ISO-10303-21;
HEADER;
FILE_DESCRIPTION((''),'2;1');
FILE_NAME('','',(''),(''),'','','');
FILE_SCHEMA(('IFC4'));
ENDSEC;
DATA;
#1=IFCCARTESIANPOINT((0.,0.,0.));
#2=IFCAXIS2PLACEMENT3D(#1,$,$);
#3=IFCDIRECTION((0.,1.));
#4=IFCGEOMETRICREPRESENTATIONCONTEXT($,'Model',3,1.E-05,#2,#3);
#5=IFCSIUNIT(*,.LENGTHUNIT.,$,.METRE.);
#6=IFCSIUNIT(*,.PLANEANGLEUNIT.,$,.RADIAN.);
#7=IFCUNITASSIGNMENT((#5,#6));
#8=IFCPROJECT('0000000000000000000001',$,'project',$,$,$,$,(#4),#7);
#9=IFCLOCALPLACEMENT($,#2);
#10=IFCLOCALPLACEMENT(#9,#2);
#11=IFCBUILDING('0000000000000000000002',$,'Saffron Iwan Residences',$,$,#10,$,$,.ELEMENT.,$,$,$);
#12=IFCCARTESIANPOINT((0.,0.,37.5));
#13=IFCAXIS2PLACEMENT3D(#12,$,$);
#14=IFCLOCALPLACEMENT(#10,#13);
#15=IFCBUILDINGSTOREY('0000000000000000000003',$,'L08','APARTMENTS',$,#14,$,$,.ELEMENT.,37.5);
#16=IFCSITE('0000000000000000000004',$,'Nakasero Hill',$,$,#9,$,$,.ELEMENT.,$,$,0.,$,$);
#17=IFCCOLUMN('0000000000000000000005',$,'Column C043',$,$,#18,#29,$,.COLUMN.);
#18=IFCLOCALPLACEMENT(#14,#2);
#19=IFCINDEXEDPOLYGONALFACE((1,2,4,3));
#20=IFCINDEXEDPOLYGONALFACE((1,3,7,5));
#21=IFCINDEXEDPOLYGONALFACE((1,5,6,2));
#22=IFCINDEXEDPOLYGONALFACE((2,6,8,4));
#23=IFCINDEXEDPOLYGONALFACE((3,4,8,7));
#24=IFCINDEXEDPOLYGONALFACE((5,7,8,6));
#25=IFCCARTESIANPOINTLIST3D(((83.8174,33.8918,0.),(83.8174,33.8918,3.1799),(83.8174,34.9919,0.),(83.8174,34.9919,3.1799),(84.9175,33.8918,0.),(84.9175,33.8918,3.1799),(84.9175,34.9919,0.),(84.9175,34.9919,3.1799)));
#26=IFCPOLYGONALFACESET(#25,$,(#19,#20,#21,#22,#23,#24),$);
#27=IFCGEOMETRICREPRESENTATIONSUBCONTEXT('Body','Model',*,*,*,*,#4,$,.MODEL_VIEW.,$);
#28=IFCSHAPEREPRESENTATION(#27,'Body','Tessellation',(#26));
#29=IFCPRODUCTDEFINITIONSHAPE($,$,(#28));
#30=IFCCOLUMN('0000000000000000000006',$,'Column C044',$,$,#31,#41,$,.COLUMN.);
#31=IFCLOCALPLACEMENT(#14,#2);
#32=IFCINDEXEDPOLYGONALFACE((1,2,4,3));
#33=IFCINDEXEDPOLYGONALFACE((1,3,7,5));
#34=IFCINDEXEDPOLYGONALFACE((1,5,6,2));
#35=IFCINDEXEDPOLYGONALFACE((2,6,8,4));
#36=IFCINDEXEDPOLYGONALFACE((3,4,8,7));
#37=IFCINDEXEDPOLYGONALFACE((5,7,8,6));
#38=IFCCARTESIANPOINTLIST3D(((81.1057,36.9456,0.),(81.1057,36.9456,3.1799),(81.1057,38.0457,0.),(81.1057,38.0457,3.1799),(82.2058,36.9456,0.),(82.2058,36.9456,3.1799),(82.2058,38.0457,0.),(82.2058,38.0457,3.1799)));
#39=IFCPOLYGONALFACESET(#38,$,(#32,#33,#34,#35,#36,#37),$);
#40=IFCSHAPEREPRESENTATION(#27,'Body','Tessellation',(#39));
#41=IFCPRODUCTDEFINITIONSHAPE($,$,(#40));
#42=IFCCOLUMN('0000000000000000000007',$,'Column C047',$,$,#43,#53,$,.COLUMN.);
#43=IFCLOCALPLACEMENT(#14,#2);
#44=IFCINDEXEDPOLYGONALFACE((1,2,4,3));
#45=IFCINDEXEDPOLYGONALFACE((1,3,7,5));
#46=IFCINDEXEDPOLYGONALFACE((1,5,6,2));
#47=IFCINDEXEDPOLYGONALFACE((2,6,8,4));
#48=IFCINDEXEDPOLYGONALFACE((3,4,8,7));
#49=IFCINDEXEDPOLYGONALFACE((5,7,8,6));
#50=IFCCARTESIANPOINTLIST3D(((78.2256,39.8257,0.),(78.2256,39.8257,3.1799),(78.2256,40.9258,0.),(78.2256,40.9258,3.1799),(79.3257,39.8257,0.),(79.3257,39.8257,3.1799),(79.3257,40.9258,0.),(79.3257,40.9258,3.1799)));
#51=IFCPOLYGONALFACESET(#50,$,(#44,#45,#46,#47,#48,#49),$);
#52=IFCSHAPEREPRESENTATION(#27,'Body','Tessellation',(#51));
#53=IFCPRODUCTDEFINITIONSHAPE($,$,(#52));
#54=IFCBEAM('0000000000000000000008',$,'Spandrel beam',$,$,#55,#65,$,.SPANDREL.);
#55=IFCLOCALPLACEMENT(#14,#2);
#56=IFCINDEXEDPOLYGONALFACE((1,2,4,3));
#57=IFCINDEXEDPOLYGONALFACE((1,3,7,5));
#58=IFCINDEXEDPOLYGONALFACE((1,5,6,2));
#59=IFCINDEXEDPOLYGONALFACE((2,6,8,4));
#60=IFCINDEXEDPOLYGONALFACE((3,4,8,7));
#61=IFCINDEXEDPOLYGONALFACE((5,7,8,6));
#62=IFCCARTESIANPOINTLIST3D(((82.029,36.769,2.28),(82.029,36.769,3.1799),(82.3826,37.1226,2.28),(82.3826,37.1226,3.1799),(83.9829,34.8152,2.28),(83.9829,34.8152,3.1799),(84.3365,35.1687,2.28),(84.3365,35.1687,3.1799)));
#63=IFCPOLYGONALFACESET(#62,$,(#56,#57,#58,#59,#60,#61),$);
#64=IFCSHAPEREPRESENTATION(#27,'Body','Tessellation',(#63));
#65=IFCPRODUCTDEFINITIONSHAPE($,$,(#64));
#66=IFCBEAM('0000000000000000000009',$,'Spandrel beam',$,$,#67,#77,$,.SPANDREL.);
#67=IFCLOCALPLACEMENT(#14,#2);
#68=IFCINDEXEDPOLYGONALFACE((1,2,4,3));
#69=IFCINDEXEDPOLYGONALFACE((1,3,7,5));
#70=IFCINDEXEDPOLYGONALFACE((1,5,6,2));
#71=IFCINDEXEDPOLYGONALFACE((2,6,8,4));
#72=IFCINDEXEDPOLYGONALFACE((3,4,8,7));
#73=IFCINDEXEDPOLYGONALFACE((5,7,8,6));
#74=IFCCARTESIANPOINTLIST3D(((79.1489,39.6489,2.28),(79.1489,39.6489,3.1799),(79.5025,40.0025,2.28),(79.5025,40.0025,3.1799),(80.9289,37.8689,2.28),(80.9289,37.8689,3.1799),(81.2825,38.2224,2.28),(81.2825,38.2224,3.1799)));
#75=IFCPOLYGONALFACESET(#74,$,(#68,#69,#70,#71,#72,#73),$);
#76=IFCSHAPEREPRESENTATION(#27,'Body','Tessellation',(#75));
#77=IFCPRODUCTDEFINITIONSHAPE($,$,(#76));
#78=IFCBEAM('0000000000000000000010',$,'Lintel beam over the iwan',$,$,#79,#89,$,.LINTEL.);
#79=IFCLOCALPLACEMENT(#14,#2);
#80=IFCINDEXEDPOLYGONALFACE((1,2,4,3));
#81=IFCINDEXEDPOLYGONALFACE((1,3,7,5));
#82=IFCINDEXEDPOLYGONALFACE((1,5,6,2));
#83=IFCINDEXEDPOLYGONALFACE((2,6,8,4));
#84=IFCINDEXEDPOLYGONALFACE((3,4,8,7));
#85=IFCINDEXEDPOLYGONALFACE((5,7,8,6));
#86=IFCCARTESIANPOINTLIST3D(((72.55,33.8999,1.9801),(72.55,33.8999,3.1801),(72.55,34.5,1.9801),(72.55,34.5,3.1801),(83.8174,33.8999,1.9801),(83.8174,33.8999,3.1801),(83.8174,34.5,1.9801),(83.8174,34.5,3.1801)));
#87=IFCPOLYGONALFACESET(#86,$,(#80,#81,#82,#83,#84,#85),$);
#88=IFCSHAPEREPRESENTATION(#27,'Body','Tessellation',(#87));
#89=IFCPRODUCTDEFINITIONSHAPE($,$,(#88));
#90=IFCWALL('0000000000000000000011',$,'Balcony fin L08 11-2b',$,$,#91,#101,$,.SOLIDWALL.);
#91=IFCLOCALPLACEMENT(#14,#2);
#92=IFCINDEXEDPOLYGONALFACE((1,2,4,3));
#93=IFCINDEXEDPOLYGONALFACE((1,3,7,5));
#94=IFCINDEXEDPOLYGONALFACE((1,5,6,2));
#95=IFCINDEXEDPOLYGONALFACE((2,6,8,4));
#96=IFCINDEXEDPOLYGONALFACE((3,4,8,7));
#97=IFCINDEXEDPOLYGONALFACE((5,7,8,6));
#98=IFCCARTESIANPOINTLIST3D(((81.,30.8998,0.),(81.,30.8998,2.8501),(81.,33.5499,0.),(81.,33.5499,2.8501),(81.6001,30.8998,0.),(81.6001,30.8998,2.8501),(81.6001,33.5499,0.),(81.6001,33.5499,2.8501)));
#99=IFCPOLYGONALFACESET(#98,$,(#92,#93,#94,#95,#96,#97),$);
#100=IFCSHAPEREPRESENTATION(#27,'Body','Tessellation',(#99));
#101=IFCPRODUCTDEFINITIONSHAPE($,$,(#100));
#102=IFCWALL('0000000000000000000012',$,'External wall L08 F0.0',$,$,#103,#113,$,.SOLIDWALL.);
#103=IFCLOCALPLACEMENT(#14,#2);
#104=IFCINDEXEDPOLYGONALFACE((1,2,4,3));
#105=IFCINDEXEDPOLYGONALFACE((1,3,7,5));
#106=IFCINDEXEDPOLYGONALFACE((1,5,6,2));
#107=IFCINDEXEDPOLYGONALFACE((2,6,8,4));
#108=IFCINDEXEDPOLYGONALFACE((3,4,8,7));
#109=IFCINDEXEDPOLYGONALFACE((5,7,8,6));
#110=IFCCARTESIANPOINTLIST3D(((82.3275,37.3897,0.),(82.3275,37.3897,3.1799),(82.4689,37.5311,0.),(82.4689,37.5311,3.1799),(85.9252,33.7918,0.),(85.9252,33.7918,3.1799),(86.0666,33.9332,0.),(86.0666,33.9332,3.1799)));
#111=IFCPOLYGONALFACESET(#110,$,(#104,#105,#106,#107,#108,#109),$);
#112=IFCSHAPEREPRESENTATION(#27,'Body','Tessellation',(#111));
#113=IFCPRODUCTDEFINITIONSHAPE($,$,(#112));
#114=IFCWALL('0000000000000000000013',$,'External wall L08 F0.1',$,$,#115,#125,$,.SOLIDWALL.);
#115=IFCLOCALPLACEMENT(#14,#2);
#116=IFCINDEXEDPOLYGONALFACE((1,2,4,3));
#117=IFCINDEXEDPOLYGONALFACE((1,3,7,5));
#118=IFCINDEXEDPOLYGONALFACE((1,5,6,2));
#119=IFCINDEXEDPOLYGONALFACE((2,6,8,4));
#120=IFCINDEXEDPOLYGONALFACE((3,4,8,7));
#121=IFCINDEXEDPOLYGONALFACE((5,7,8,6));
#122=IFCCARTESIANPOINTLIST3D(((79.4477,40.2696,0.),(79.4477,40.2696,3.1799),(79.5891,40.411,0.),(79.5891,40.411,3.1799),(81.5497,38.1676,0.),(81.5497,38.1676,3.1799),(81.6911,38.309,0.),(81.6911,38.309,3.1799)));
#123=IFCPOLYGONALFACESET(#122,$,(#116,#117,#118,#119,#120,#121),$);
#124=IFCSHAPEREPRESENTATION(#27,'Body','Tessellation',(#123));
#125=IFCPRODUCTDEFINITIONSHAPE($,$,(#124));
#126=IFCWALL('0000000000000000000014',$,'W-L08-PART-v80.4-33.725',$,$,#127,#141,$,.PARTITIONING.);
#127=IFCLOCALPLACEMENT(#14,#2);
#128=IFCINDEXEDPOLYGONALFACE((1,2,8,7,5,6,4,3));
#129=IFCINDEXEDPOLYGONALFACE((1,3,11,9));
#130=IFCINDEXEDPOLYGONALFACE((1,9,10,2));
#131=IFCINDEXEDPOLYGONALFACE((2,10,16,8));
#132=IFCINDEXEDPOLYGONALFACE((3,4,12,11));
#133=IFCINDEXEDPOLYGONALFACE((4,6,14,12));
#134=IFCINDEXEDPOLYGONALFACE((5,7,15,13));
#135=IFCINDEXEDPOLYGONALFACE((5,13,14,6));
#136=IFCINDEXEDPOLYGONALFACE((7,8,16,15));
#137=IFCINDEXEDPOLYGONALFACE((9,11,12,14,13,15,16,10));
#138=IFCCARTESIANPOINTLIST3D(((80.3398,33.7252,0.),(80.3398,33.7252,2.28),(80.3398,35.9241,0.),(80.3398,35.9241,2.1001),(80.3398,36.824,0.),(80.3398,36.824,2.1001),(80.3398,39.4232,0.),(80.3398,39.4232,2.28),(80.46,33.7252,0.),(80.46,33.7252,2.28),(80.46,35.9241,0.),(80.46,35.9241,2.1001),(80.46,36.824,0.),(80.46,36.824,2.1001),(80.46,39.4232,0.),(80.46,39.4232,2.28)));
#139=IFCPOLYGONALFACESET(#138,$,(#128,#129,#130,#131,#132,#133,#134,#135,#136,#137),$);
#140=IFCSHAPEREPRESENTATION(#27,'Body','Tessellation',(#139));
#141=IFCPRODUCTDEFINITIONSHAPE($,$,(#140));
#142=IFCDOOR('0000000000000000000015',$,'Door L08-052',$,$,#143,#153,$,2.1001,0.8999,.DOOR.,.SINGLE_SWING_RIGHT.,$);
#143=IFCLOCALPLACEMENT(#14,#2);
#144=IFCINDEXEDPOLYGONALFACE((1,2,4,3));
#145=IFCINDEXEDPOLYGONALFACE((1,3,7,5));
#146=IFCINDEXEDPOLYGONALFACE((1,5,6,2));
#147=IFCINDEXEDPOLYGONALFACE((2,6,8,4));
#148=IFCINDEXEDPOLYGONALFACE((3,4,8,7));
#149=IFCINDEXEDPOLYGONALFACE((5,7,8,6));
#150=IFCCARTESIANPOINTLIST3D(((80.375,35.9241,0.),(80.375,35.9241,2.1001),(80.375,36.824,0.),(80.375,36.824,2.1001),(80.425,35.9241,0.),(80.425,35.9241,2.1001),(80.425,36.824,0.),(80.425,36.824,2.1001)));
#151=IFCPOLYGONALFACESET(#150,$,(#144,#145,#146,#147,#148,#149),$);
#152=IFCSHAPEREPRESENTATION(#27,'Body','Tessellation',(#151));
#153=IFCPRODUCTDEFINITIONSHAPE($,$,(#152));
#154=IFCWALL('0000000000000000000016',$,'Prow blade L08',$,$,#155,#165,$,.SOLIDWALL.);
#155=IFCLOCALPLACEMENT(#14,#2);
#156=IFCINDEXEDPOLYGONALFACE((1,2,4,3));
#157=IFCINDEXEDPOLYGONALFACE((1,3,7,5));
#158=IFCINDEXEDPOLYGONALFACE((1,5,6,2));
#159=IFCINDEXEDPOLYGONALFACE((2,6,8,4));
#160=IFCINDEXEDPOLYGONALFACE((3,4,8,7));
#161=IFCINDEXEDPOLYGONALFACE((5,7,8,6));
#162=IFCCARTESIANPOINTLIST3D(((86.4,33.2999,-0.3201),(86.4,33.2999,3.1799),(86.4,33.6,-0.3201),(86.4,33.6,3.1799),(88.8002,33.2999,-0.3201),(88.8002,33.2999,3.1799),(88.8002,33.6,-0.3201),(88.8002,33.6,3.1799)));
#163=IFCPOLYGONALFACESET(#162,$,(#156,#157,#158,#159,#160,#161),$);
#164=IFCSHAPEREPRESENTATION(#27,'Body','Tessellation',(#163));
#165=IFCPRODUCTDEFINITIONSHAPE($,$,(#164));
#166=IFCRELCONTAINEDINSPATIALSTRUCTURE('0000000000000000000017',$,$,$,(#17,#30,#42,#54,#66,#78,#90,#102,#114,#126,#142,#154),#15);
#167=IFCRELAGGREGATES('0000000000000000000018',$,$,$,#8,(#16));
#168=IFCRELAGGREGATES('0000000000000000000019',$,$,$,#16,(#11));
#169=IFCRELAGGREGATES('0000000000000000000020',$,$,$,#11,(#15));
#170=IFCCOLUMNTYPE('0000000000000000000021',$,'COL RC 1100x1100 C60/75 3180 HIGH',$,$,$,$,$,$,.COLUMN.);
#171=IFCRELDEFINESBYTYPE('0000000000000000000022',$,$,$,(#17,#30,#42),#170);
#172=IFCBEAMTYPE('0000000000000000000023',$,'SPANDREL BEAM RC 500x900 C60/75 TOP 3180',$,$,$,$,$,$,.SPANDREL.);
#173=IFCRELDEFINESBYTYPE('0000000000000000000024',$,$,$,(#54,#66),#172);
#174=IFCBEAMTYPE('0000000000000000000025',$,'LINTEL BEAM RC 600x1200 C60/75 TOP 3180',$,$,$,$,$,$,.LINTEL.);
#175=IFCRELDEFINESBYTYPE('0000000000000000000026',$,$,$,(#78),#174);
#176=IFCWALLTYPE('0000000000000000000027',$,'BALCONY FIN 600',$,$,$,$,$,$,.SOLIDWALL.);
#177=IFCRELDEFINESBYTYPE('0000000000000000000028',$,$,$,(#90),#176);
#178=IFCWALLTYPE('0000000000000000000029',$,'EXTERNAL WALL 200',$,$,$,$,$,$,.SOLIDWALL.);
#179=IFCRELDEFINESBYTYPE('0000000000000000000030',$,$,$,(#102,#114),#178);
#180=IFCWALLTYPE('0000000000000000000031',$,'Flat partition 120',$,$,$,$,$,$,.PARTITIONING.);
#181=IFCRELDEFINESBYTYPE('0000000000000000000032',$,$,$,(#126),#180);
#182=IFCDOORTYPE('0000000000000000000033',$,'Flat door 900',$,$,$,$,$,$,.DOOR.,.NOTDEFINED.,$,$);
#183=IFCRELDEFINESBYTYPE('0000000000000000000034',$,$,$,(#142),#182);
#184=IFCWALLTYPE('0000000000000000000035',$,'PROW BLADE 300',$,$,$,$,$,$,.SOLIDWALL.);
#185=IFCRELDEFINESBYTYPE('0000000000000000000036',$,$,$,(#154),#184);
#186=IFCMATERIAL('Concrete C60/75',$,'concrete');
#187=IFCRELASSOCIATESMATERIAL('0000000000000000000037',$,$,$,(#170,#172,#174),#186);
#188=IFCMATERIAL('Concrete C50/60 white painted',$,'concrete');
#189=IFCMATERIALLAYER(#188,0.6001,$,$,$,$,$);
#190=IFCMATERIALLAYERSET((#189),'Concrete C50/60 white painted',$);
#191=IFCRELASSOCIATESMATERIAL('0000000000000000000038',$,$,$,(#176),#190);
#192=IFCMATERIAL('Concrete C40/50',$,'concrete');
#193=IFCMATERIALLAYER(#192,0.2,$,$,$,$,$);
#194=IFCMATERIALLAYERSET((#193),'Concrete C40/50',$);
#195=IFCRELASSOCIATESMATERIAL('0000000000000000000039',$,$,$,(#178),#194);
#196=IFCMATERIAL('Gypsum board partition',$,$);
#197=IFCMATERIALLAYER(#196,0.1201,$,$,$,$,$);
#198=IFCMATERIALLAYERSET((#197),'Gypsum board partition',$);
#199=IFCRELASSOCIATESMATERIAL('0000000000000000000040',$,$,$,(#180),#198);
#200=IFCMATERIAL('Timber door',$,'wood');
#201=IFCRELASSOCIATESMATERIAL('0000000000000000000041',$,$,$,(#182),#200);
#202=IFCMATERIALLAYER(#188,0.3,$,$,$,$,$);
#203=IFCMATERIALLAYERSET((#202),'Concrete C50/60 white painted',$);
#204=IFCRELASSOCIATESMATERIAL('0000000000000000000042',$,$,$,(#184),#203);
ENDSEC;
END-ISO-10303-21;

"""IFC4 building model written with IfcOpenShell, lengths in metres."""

from ifc_helpers import new_model, si_unit, direction, frame, frame_2d, origin, origin_2d, place, context, subcontext, project, spatial, rectangle, extrude, source, transform, mapped, material, layer, layer_set, material_profile, profile_set, type_object, element, fill, save


model = new_model("IFC4")

# Units and contexts
model_context = context("Model", 3, precision=1e-05, world=origin(), true_north=direction((0.0, 1.0)))
body_context = subcontext(model_context, "Body", "Model", "MODEL_VIEW")
ifc_project = project(units=[si_unit("LENGTHUNIT", "METRE"), si_unit("PLANEANGLEUNIT", "RADIAN")], contexts=[model_context])

# Site, building, storey
site_placement = place(None, origin())
site = spatial("IfcSite", under=ifc_project, at=site_placement, Name="Nakasero Hill", CompositionType="ELEMENT", RefElevation=0.0)
building_placement = place(site_placement, origin())
building = spatial("IfcBuilding", under=site, at=building_placement, Name="Saffron Iwan Residences", CompositionType="ELEMENT")
storey_placement = place(building_placement, frame((0.0, 0.0, 37.5)))
storey = spatial("IfcBuildingStorey", under=building, at=storey_placement, Name="L08", Description="APARTMENTS", CompositionType="ELEMENT", Elevation=37.5)

# Columns
ifc_material_1 = material(Name="Concrete C60/75", Category="concrete")
ifc_material_profile_1 = material_profile(ifc_material_1, rectangle(XDim=1.1001, YDim=1.1001, at=origin_2d()), Name="RC 1100x1100")
ifc_profile_set_1 = profile_set([ifc_material_profile_1], Name="Concrete C60/75")
column_type = type_object("IfcColumnType", Name="COL RC 1100x1100 C60/75 3180 HIGH", PredefinedType="COLUMN", material=ifc_profile_set_1)
shared_shape_1 = source(origin(), body_context, "Body", "SweptSolid", [
    extrude(rectangle(XDim=1.1001, YDim=1.1001, at=origin_2d()), origin(), (0.0, 0.0, 1.0), 3.1799),
])
for number, where, z_axis, x_axis, name in (
    (1, (84.3674, 34.4419, 0.0), (0.0, 0.0, 1.0), (1.0, 0.0, 0.0), "Column C043"),
    (2, (81.6558, 37.4956, 0.0), (0.0, 0.0, 1.0), (1.0, 0.0, 0.0), "Column C044"),
    (3, (78.7756, 40.3757, 0.0), (0.0, 0.0, 1.0), (1.0, 0.0, 0.0), "Column C047"),
):
    element("IfcColumn", number, at=place(storey_placement, frame(where, z_axis=z_axis, x_axis=x_axis)), inside=storey, type_object=column_type, Name=name, PredefinedType="COLUMN", context=body_context, shape_type="MappedRepresentation", body=[
        mapped(shared_shape_1, transform((0.0, 0.0, 0.0))),
    ])

# Beams
ifc_material_profile_2 = material_profile(ifc_material_1, rectangle(XDim=0.5, YDim=0.8999, at=origin_2d()), Name="RC 500x900")
ifc_profile_set_2 = profile_set([ifc_material_profile_2], Name="Concrete C60/75")
beam_type_1 = type_object("IfcBeamType", Name="SPANDREL BEAM RC 500x900 C60/75 TOP 3180", PredefinedType="SPANDREL", material=ifc_profile_set_2)
shared_shape_2 = source(origin(), body_context, "Body", "SweptSolid", [
    extrude(rectangle(XDim=0.5, YDim=0.8999, at=origin_2d()), origin(), (0.0, 0.0, 1.0), 2.7632),
])
beam_1_placement = place(storey_placement, frame((82.2058, 36.9458, 2.73), z_axis=(0.707107, -0.707107, 0.0), x_axis=(0.707107, 0.707107, 0.0)))
element("IfcBeam", 4, at=beam_1_placement, inside=storey, type_object=beam_type_1, Name="Spandrel beam", PredefinedType="SPANDREL", context=body_context, shape_type="MappedRepresentation", body=[
    mapped(shared_shape_2, transform((0.0, 0.0, 0.0))),
])
shared_shape_3 = source(origin(), body_context, "Body", "SweptSolid", [
    extrude(rectangle(XDim=0.5, YDim=0.8999, at=origin_2d()), origin(), (0.0, 0.0, 1.0), 2.5173),
])
beam_2_placement = place(storey_placement, frame((79.3257, 39.8257, 2.73), z_axis=(0.707107, -0.707107, 0.0), x_axis=(0.707107, 0.707107, 0.0)))
element("IfcBeam", 5, at=beam_2_placement, inside=storey, type_object=beam_type_1, Name="Spandrel beam", PredefinedType="SPANDREL", context=body_context, shape_type="MappedRepresentation", body=[
    mapped(shared_shape_3, transform((0.0, 0.0, 0.0))),
])
ifc_material_profile_3 = material_profile(ifc_material_1, rectangle(XDim=0.6001, YDim=1.2, at=origin_2d()), Name="RC 600x1200")
ifc_profile_set_3 = profile_set([ifc_material_profile_3], Name="Concrete C60/75")
beam_type_2 = type_object("IfcBeamType", Name="LINTEL BEAM RC 600x1200 C60/75 TOP 3180", PredefinedType="LINTEL", material=ifc_profile_set_3)
shared_shape_4 = source(origin(), body_context, "Body", "SweptSolid", [
    extrude(rectangle(XDim=0.6001, YDim=1.2, at=origin_2d()), origin(), (0.0, 0.0, 1.0), 11.2673),
])
beam_3_placement = place(storey_placement, frame((83.8174, 34.2, 2.5801), z_axis=(-1.0, 0.0, 0.0), x_axis=(0.0, -1.0, 0.0)))
element("IfcBeam", 6, at=beam_3_placement, inside=storey, type_object=beam_type_2, Name="Lintel beam over the iwan", PredefinedType="LINTEL", context=body_context, shape_type="MappedRepresentation", body=[
    mapped(shared_shape_4, transform((0.0, 0.0, 0.0))),
])

# Walls
ifc_material_2 = material(Name="Concrete C50/60 white painted", Category="concrete")
ifc_layer_1 = layer(ifc_material_2, 0.6001)
ifc_layer_set_1 = layer_set([ifc_layer_1], Name="Concrete C50/60 white painted")
wall_type_1 = type_object("IfcWallType", Name="BALCONY FIN 600", PredefinedType="SOLIDWALL", material=ifc_layer_set_1)
wall_1_placement = place(storey_placement, frame((81.3, 33.55, 0.0), z_axis=(0.0, 0.0, 1.0), x_axis=(0.0, -1.0, 0.0)))
element("IfcWall", 7, at=wall_1_placement, inside=storey, type_object=wall_type_1, Name="Balcony fin L08 11-2b", PredefinedType="SOLIDWALL", context=body_context, shape_type="SweptSolid", body=[
    extrude(rectangle(XDim=2.6501, YDim=0.6001, at=frame_2d((1.3252, 0.0))), origin(), (0.0, 0.0, 1.0), 2.8501),
])
ifc_material_3 = material(Name="Concrete C40/50", Category="concrete")
ifc_layer_2 = layer(ifc_material_3, 0.2)
ifc_layer_set_2 = layer_set([ifc_layer_2], Name="Concrete C40/50")
wall_type_2 = type_object("IfcWallType", Name="EXTERNAL WALL 200", PredefinedType="SOLIDWALL", material=ifc_layer_set_2)
wall_2_placement = place(storey_placement, frame((85.9958, 33.8625, 0.0), z_axis=(0.0, 0.0, 1.0), x_axis=(-0.707083, 0.707131, 0.0)))
element("IfcWall", 8, at=wall_2_placement, inside=storey, type_object=wall_type_2, Name="External wall L08 F0.0", PredefinedType="SOLIDWALL", context=body_context, shape_type="SweptSolid", body=[
    extrude(rectangle(XDim=5.0881, YDim=0.2, at=frame_2d((2.5439, 0.0))), origin(), (0.0, 0.0, 1.0), 3.1799),
])
wall_3_placement = place(storey_placement, frame((81.6204, 38.2383, 0.0), z_axis=(0.0, 0.0, 1.0), x_axis=(-0.707107, 0.707107, 0.0)))
element("IfcWall", 9, at=wall_3_placement, inside=storey, type_object=wall_type_2, Name="External wall L08 F0.1", PredefinedType="SOLIDWALL", context=body_context, shape_type="SweptSolid", body=[
    extrude(rectangle(XDim=2.9727, YDim=0.2, at=frame_2d((1.4863, 0.0))), origin(), (0.0, 0.0, 1.0), 3.1799),
])

# Wall, opening, door
ifc_material_4 = material(Name="Gypsum board partition")
ifc_layer_3 = layer(ifc_material_4, 0.1201)
ifc_layer_set_3 = layer_set([ifc_layer_3], Name="Gypsum board partition")
wall_type_3 = type_object("IfcWallType", Name="Flat partition 120", PredefinedType="PARTITIONING", material=ifc_layer_set_3)
wall_4_placement = place(storey_placement, frame((80.3999, 33.7251, 0.0), z_axis=(0.0, 0.0, 1.0), x_axis=(0.0, 1.0, 0.0)))
wall_4 = element("IfcWall", 10, at=wall_4_placement, inside=storey, type_object=wall_type_3, Name="W-L08-PART-v80.4-33.725", PredefinedType="PARTITIONING", context=body_context, shape_type="SweptSolid", body=[
    extrude(rectangle(XDim=5.698, YDim=0.1201, at=frame_2d((2.8491, 0.0))), origin(), (0.0, 0.0, 1.0), 2.28),
])
opening_placement = place(wall_4_placement, frame((2.199, 0.0, 0.0)))
opening = element("IfcOpeningElement", 11, at=opening_placement, cuts=wall_4, PredefinedType="OPENING", context=body_context, shape_type="SweptSolid", body=[
    extrude(rectangle(XDim=0.8999, YDim=2.1001, at=frame_2d((0.45, 1.05))), frame((0.0, 0.0701, 0.0), z_axis=(0.0, -1.0, 0.0), x_axis=(1.0, 0.0, 0.0)), (0.0, 0.0, 1.0), 0.1401),
])
ifc_material_5 = material(Name="Timber door", Category="wood")
door_type = type_object("IfcDoorType", Name="Flat door 900", OperationType="NOTDEFINED", PredefinedType="DOOR", material=ifc_material_5)
door_placement = place(opening_placement, origin())
door = element("IfcDoor", 12, at=door_placement, inside=storey, type_object=door_type, Name="Door L08-052", OperationType="SINGLE_SWING_RIGHT", OverallHeight=2.1001, OverallWidth=0.8999, PredefinedType="DOOR", context=body_context, shape_type="SweptSolid", body=[
    extrude(rectangle(XDim=0.8999, YDim=2.1001, at=frame_2d((0.45, 1.05))), frame((0.0, 0.0249, 0.0), z_axis=(0.0, -1.0, 0.0), x_axis=(1.0, 0.0, 0.0)), (0.0, 0.0, 1.0), 0.05),
])
fill(opening, door)

# Wall
ifc_layer_4 = layer(ifc_material_2, 0.3)
ifc_layer_set_4 = layer_set([ifc_layer_4], Name="Concrete C50/60 white painted")
wall_type_4 = type_object("IfcWallType", Name="PROW BLADE 300", PredefinedType="SOLIDWALL", material=ifc_layer_set_4)
wall_5_placement = place(storey_placement, frame((86.3999, 33.45, -0.3201), z_axis=(0.0, 0.0, 1.0), x_axis=(1.0, 0.0, 0.0)))
element("IfcWall", 13, at=wall_5_placement, inside=storey, type_object=wall_type_4, Name="Prow blade L08", PredefinedType="SOLIDWALL", context=body_context, shape_type="SweptSolid", body=[
    extrude(rectangle(XDim=2.4001, YDim=0.3, at=frame_2d((1.2002, 0.0))), origin(), (0.0, 0.0, 1.0), 3.5),
])

save(model, "model.ifc")
